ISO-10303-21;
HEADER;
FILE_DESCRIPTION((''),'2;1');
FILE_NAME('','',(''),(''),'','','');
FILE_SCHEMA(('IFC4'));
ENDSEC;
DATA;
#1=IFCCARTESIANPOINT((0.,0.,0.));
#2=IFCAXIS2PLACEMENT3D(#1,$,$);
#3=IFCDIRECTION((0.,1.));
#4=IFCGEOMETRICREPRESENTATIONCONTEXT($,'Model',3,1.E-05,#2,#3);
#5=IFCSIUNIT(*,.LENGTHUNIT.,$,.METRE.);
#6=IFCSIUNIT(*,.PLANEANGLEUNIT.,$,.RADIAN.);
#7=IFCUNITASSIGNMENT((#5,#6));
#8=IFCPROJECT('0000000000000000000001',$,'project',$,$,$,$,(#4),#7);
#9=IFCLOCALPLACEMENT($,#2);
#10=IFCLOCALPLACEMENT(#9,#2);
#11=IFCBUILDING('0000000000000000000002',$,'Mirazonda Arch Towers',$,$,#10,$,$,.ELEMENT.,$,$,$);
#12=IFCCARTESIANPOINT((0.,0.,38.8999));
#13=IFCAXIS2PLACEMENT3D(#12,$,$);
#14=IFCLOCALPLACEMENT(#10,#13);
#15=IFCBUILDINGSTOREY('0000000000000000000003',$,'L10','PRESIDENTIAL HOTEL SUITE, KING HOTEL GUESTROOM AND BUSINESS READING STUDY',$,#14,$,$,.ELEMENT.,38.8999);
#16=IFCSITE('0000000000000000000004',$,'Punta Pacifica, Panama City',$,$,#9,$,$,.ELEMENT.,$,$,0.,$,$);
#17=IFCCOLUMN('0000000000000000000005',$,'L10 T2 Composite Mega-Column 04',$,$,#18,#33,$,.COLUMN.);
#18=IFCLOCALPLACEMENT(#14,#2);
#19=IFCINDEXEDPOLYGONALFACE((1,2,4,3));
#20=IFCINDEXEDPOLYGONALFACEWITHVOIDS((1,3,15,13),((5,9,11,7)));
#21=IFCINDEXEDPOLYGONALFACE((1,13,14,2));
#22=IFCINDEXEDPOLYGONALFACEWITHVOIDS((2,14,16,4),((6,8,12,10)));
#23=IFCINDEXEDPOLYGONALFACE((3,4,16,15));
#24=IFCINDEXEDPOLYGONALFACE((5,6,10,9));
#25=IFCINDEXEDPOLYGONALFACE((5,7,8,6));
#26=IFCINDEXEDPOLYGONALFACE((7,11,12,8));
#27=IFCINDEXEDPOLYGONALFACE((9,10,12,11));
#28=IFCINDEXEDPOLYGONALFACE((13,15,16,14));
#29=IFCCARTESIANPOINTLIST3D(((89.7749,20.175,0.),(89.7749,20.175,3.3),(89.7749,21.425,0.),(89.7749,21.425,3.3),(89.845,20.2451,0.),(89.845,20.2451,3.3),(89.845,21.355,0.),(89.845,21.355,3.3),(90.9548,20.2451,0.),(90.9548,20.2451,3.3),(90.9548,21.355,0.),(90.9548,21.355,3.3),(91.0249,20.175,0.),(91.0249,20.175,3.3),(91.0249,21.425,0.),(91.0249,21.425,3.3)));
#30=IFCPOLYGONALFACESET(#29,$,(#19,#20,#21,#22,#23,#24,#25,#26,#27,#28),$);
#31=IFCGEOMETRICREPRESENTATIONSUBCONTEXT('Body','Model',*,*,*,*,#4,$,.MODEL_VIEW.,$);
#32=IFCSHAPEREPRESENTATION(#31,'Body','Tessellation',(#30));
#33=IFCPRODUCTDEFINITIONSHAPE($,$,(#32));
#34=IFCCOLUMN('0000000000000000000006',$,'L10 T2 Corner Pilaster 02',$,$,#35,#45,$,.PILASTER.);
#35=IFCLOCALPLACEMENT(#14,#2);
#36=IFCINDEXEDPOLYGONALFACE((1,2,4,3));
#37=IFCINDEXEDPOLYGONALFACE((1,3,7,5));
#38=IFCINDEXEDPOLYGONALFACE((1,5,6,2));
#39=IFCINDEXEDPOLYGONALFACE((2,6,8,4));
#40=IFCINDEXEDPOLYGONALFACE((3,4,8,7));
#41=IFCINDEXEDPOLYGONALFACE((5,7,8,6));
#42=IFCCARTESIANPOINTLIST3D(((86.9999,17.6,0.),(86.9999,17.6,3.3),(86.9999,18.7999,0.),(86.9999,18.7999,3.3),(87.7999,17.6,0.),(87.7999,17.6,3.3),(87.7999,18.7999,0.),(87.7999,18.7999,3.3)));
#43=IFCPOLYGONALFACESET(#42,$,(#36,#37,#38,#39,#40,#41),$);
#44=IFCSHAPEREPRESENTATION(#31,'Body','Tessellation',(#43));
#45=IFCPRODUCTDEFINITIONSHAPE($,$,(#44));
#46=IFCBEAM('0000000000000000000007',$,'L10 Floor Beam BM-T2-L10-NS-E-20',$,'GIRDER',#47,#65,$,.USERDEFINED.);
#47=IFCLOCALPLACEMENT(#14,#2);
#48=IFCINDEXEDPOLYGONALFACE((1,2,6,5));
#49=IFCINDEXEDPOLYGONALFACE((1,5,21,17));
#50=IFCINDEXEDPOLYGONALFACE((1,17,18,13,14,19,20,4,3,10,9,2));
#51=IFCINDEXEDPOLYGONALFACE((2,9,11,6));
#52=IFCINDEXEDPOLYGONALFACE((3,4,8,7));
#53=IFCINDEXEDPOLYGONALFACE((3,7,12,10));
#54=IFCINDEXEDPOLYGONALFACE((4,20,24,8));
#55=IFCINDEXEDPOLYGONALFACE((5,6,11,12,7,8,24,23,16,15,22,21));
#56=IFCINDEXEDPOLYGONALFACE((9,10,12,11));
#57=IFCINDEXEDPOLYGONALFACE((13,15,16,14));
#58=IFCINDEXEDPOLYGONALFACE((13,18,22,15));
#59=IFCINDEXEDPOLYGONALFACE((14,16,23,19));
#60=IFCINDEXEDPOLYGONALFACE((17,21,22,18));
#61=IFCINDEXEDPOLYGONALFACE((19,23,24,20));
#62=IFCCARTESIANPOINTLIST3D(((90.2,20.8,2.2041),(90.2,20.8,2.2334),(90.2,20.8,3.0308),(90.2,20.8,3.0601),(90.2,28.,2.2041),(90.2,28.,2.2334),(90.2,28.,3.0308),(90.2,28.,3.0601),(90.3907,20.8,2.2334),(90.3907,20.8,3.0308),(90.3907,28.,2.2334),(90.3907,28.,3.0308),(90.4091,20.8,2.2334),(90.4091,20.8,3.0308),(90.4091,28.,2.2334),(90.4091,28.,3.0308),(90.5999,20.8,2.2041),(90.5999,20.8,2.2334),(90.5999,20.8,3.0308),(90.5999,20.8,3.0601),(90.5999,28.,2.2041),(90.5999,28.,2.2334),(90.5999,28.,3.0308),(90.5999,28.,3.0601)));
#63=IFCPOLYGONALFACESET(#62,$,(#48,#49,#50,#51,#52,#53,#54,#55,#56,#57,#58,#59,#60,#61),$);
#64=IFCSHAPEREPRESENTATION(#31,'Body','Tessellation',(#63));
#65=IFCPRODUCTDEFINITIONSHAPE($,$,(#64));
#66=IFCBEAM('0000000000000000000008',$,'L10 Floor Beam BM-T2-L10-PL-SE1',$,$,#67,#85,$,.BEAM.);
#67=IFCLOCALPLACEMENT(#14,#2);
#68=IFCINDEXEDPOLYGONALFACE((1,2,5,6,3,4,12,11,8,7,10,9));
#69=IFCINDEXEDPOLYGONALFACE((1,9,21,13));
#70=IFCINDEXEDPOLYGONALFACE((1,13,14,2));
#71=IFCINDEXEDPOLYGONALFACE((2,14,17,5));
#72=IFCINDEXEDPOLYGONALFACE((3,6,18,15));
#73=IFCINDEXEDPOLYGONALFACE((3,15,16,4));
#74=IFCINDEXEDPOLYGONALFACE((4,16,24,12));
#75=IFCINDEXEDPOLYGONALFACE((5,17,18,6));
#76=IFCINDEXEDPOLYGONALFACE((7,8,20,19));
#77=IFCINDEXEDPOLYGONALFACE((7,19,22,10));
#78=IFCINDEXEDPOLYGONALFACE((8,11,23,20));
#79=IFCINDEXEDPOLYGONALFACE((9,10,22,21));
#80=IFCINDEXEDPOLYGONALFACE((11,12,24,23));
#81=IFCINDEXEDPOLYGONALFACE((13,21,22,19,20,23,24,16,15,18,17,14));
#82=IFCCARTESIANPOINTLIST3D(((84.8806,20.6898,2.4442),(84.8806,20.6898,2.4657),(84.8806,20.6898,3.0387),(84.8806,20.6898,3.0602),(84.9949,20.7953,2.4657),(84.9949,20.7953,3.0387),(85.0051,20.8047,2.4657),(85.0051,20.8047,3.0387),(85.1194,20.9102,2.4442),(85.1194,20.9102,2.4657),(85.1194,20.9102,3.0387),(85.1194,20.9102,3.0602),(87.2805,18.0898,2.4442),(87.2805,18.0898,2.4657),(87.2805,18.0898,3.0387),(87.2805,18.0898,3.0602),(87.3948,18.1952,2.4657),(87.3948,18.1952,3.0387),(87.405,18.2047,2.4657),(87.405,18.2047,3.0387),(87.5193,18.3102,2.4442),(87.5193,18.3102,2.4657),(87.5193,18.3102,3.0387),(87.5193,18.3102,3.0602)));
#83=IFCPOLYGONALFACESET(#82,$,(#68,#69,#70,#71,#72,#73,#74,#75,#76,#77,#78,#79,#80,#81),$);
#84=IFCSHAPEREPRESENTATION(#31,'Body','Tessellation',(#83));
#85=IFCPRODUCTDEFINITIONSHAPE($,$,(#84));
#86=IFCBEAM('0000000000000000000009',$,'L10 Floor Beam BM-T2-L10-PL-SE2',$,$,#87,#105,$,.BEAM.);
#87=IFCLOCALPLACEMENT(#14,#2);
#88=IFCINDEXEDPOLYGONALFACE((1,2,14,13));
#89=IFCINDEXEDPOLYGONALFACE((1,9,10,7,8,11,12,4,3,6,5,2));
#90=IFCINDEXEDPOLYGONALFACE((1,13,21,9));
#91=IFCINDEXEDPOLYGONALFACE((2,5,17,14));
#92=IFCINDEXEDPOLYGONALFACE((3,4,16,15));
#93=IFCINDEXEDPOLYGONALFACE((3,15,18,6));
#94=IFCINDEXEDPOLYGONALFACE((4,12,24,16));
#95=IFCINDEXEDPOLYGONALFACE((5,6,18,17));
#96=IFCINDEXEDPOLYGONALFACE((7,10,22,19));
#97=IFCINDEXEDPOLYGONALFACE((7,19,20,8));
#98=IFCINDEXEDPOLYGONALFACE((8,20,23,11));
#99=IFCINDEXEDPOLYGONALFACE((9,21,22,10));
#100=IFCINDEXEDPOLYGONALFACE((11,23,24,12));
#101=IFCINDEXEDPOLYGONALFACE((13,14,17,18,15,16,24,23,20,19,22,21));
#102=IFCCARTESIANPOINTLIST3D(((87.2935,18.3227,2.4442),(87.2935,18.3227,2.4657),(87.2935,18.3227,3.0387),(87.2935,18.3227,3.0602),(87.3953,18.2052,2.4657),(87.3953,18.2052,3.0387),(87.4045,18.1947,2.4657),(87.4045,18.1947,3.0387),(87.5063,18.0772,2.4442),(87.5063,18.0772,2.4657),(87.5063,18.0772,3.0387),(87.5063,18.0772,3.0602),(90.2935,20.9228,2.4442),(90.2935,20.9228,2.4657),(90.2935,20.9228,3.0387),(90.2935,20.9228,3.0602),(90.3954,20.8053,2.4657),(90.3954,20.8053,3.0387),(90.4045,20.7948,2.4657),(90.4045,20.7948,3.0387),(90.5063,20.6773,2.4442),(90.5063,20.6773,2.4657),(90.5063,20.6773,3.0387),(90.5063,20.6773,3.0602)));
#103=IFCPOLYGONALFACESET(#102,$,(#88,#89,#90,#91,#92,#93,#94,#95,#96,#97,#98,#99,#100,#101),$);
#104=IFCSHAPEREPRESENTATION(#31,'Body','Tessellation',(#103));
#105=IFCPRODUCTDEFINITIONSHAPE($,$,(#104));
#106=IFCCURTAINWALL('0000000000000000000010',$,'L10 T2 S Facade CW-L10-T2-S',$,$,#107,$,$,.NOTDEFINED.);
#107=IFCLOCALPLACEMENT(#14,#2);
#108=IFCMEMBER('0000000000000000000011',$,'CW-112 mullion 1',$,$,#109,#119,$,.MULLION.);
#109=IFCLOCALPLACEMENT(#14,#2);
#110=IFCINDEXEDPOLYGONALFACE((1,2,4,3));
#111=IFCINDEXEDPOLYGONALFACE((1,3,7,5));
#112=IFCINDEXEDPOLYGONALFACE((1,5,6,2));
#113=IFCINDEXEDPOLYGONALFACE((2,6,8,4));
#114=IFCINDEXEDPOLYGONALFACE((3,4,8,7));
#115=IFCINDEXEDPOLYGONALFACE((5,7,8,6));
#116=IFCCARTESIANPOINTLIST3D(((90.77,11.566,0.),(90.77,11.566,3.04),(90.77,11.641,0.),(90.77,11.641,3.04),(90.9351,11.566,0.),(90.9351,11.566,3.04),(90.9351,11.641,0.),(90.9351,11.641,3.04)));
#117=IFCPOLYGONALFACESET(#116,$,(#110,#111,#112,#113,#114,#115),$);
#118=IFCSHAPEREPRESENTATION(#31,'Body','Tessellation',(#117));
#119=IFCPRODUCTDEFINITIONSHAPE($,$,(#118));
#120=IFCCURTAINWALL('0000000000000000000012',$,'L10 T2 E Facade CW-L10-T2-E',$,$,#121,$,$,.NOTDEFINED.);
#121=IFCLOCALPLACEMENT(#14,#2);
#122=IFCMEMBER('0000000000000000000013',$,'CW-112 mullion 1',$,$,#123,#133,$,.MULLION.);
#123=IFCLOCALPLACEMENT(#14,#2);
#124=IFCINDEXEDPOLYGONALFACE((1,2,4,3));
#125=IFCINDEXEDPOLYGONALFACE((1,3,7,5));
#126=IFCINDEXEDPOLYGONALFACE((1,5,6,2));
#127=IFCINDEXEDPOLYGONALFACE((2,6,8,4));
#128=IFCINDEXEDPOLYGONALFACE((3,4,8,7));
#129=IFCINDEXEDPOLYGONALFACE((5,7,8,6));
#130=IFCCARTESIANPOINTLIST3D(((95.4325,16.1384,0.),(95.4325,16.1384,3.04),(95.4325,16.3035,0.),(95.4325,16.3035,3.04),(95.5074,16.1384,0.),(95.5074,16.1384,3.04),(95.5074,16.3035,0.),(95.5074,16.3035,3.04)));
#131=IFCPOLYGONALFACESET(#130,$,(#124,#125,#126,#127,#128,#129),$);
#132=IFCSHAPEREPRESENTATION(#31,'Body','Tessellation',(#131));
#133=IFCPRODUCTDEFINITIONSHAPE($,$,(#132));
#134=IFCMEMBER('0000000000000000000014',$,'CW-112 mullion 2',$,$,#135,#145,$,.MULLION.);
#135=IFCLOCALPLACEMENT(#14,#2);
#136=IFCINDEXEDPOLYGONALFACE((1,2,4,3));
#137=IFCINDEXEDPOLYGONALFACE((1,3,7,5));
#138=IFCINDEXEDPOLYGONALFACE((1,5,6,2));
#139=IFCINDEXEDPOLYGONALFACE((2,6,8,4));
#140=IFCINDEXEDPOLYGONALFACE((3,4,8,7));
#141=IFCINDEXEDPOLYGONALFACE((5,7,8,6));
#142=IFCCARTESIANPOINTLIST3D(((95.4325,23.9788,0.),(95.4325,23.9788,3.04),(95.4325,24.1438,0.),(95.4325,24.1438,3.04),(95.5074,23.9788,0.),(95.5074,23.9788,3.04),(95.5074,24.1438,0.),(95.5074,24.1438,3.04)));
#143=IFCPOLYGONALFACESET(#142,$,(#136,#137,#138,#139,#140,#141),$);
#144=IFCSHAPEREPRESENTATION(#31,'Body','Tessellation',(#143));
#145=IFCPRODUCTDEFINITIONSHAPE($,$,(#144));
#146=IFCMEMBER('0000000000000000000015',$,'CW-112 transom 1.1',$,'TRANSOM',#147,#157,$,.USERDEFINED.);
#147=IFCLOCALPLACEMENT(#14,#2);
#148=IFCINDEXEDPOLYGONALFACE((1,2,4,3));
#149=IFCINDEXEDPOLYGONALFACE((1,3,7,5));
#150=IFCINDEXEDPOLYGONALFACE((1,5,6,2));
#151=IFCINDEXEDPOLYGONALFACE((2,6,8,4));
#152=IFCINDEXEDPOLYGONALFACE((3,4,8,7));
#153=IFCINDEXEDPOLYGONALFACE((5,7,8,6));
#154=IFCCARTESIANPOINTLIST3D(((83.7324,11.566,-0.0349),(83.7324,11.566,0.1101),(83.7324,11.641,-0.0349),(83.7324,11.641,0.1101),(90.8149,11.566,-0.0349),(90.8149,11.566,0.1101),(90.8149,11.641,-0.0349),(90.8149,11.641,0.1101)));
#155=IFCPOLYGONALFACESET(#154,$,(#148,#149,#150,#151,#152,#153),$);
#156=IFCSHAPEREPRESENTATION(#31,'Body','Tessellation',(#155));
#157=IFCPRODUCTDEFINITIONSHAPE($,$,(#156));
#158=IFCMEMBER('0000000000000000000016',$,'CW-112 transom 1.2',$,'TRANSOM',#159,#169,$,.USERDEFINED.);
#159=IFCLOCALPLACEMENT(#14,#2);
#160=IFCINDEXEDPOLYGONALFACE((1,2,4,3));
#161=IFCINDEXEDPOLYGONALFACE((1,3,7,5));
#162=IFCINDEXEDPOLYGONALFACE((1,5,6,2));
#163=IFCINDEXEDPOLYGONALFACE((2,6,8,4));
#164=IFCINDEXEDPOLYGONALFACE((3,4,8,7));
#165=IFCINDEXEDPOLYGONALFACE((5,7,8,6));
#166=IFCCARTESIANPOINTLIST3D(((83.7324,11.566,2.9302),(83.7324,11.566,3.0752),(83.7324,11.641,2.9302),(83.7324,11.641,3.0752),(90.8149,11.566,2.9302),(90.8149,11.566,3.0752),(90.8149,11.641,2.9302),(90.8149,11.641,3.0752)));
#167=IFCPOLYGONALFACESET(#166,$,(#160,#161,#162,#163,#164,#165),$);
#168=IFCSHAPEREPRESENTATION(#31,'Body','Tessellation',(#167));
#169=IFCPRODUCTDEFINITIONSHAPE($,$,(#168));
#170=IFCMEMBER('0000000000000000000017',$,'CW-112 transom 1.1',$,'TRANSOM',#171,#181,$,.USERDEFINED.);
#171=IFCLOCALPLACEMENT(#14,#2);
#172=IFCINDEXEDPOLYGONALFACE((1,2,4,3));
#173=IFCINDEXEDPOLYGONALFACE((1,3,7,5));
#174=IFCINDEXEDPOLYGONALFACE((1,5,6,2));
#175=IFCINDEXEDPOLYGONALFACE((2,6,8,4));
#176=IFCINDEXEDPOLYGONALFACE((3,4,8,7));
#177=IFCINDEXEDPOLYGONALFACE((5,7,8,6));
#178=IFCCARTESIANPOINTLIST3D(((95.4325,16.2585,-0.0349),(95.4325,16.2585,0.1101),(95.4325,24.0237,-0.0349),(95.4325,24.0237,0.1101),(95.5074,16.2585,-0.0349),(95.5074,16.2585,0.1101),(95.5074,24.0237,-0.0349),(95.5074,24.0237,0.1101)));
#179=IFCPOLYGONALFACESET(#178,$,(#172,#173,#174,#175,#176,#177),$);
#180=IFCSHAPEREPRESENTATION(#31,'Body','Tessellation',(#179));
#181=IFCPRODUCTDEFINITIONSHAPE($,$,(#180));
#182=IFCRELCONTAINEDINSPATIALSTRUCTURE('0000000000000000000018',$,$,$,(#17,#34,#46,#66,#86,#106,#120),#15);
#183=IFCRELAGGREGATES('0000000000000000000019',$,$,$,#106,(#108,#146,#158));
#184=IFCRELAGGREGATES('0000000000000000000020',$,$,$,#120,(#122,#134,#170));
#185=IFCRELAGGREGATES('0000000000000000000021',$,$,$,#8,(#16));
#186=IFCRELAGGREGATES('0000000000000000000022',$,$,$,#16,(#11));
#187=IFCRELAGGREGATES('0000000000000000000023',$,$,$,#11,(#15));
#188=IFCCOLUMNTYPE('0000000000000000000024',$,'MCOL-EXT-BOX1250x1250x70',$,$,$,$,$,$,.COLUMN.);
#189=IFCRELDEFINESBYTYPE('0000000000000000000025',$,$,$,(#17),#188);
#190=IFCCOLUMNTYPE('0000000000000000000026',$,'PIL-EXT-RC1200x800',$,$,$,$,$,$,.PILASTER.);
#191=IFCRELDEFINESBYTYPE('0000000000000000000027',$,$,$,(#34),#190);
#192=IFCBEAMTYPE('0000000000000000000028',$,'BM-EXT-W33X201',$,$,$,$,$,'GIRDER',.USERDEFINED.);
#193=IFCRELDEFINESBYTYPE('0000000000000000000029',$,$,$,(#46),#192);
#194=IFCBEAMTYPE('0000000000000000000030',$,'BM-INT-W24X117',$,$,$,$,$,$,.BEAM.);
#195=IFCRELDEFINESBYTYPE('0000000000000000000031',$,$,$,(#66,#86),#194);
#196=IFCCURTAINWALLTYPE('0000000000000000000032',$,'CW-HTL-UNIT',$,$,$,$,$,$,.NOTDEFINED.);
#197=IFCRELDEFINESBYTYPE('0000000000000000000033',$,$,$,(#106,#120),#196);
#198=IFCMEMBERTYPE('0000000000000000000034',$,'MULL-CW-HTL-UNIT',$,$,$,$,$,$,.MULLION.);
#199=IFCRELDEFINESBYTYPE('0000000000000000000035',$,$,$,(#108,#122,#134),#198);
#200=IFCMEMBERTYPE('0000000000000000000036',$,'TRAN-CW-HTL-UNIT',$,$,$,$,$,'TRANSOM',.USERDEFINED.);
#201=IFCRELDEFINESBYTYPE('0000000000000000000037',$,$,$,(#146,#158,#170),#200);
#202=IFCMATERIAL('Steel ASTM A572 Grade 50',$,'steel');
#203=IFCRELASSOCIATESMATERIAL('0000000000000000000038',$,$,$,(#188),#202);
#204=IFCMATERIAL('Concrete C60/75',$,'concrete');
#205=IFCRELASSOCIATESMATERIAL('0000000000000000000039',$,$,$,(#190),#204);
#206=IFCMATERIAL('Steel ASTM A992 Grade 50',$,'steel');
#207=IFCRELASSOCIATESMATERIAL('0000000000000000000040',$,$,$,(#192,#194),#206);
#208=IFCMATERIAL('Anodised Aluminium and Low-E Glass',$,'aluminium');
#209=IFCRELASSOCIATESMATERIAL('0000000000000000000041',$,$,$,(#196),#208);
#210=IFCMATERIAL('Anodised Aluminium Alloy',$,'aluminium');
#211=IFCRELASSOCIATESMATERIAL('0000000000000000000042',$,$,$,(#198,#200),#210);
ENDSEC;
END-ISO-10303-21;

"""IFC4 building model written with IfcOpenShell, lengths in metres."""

from ifc_helpers import new_model, si_unit, direction, frame, origin, origin_2d, place, context, subcontext, project, spatial, rectangle, hollow_rectangle, i_section, extrude, material, material_profile, profile_set, type_object, element, aggregate, save


model = new_model("IFC4")

# Units and contexts
model_context = context("Model", 3, precision=1e-05, world=origin(), true_north=direction((0.0, 1.0)))
body_context = subcontext(model_context, "Body", "Model", "MODEL_VIEW")
ifc_project = project(units=[si_unit("LENGTHUNIT", "METRE"), si_unit("PLANEANGLEUNIT", "RADIAN")], contexts=[model_context])

# Site, building, storey
site_placement = place(None, origin())
site = spatial("IfcSite", under=ifc_project, at=site_placement, Name="Punta Pacifica, Panama City", CompositionType="ELEMENT", RefElevation=0.0)
building_placement = place(site_placement, origin())
building = spatial("IfcBuilding", under=site, at=building_placement, Name="Mirazonda Arch Towers", CompositionType="ELEMENT")
storey_placement = place(building_placement, frame((0.0, 0.0, 38.8999)))
storey = spatial("IfcBuildingStorey", under=building, at=storey_placement, Name="L10", Description="PRESIDENTIAL HOTEL SUITE, KING HOTEL GUESTROOM AND BUSINESS READING STUDY", CompositionType="ELEMENT", Elevation=38.8999)

# Columns
ifc_material_1 = material(Name="Steel ASTM A572 Grade 50", Category="steel")
ifc_material_profile_1 = material_profile(ifc_material_1, hollow_rectangle(XDim=1.25, YDim=1.25, WallThickness=0.0701, at=origin_2d()), Name="BOX1250x1250x70")
ifc_profile_set_1 = profile_set([ifc_material_profile_1], Name="Steel ASTM A572 Grade 50")
column_type_1 = type_object("IfcColumnType", Name="MCOL-EXT-BOX1250x1250x70", PredefinedType="COLUMN", material=ifc_profile_set_1)
column_1_placement = place(storey_placement, frame((90.3999, 20.8, 0.0), z_axis=(0.0, 0.0, 1.0), x_axis=(1.0, 0.0, 0.0)))
element("IfcColumn", 1, at=column_1_placement, inside=storey, type_object=column_type_1, Name="L10 T2 Composite Mega-Column 04", PredefinedType="COLUMN", context=body_context, shape_type="SweptSolid", body=[
    extrude(hollow_rectangle(XDim=1.25, YDim=1.25, WallThickness=0.0701, at=origin_2d()), origin(), (0.0, 0.0, 1.0), 3.3),
])
ifc_material_2 = material(Name="Concrete C60/75", Category="concrete")
ifc_material_profile_2 = material_profile(ifc_material_2, rectangle(XDim=0.8, YDim=1.2, at=origin_2d()), Name="RC1200x800")
ifc_profile_set_2 = profile_set([ifc_material_profile_2], Name="Concrete C60/75")
column_type_2 = type_object("IfcColumnType", Name="PIL-EXT-RC1200x800", PredefinedType="PILASTER", material=ifc_profile_set_2)
column_2_placement = place(storey_placement, frame((87.3999, 18.2, 0.0), z_axis=(0.0, 0.0, 1.0), x_axis=(1.0, 0.0, 0.0)))
element("IfcColumn", 2, at=column_2_placement, inside=storey, type_object=column_type_2, Name="L10 T2 Corner Pilaster 02", PredefinedType="PILASTER", context=body_context, shape_type="SweptSolid", body=[
    extrude(rectangle(XDim=0.8, YDim=1.2, at=origin_2d()), origin(), (0.0, 0.0, 1.0), 3.3),
])

# Beams
ifc_material_3 = material(Name="Steel ASTM A992 Grade 50", Category="steel")
ifc_material_profile_3 = material_profile(ifc_material_3, i_section(OverallWidth=0.3999, OverallDepth=0.856, WebThickness=0.0183, FlangeThickness=0.0293, at=origin_2d()), Name="W33X201")
ifc_profile_set_3 = profile_set([ifc_material_profile_3], Name="Steel ASTM A992 Grade 50")
beam_type_1 = type_object("IfcBeamType", Name="BM-EXT-W33X201", ElementType="GIRDER", PredefinedType="USERDEFINED", material=ifc_profile_set_3)
beam_1_placement = place(storey_placement, frame((90.3999, 20.8, 2.6321), z_axis=(0.0, 1.0, 0.0), x_axis=(-1.0, 0.0, 0.0)))
element("IfcBeam", 3, at=beam_1_placement, inside=storey, type_object=beam_type_1, Name="L10 Floor Beam BM-T2-L10-NS-E-20", ObjectType="GIRDER", PredefinedType="USERDEFINED", context=body_context, shape_type="SweptSolid", body=[
    extrude(i_section(OverallWidth=0.3999, OverallDepth=0.856, WebThickness=0.0183, FlangeThickness=0.0293, at=origin_2d()), origin(), (0.0, 0.0, 1.0), 7.2),
])
ifc_material_profile_4 = material_profile(ifc_material_3, i_section(OverallWidth=0.325, OverallDepth=0.616, WebThickness=0.0139, FlangeThickness=0.0215, at=origin_2d()), Name="W24X117")
ifc_profile_set_4 = profile_set([ifc_material_profile_4], Name="Steel ASTM A992 Grade 50")
beam_type_2 = type_object("IfcBeamType", Name="BM-INT-W24X117", PredefinedType="BEAM", material=ifc_profile_set_4)
beam_2_placement = place(storey_placement, frame((87.3999, 18.2, 2.7522), z_axis=(-0.678251, 0.73483, 0.0), x_axis=(-0.73483, -0.678251, 0.0)))
element("IfcBeam", 4, at=beam_2_placement, inside=storey, type_object=beam_type_2, Name="L10 Floor Beam BM-T2-L10-PL-SE1", PredefinedType="BEAM", context=body_context, shape_type="SweptSolid", body=[
    extrude(i_section(OverallWidth=0.325, OverallDepth=0.616, WebThickness=0.0139, FlangeThickness=0.0215, at=origin_2d()), origin(), (0.0, 0.0, 1.0), 3.5383),
])
beam_3_placement = place(storey_placement, frame((87.3999, 18.2, 2.7522), z_axis=(0.755677, 0.654945, 0.0), x_axis=(-0.654945, 0.755677, 0.0)))
element("IfcBeam", 5, at=beam_3_placement, inside=storey, type_object=beam_type_2, Name="L10 Floor Beam BM-T2-L10-PL-SE2", PredefinedType="BEAM", context=body_context, shape_type="SweptSolid", body=[
    extrude(i_section(OverallWidth=0.325, OverallDepth=0.616, WebThickness=0.0139, FlangeThickness=0.0215, at=origin_2d()), origin(), (0.0, 0.0, 1.0), 3.97),
])

# Curtain wall, member
ifc_material_4 = material(Name="Anodised Aluminium and Low-E Glass", Category="aluminium")
curtain_wall_type = type_object("IfcCurtainWallType", Name="CW-HTL-UNIT", PredefinedType="NOTDEFINED", material=ifc_material_4)
curtain_wall_1_placement = place(storey_placement, origin())
curtain_wall_1 = element("IfcCurtainWall", 6, at=curtain_wall_1_placement, inside=storey, type_object=curtain_wall_type, Name="L10 T2 S Facade CW-L10-T2-S", PredefinedType="NOTDEFINED")
ifc_material_5 = material(Name="Anodised Aluminium Alloy", Category="aluminium")
ifc_material_profile_5 = material_profile(ifc_material_5, rectangle(XDim=0.075, YDim=0.165, at=origin_2d()), Name="ALU-MULL-75x165")
ifc_profile_set_5 = profile_set([ifc_material_profile_5], Name="Anodised Aluminium Alloy")
member_type_1 = type_object("IfcMemberType", Name="MULL-CW-HTL-UNIT", PredefinedType="MULLION", material=ifc_profile_set_5)
member_1_placement = place(storey_placement, frame((90.8525, 11.6035, 0.0), z_axis=(0.0, 0.0, 1.0), x_axis=(0.0, -1.0, 0.0)))
member_1 = element("IfcMember", 7, at=member_1_placement, type_object=member_type_1, Name="CW-112 mullion 1", PredefinedType="MULLION", context=body_context, shape_type="SweptSolid", body=[
    extrude(rectangle(XDim=0.075, YDim=0.165, at=origin_2d()), origin(), (0.0, 0.0, 1.0), 3.04),
])

# Curtain wall, members
curtain_wall_2_placement = place(storey_placement, origin())
curtain_wall_2 = element("IfcCurtainWall", 8, at=curtain_wall_2_placement, inside=storey, type_object=curtain_wall_type, Name="L10 T2 E Facade CW-L10-T2-E", PredefinedType="NOTDEFINED")
member_2_placement = place(storey_placement, frame((95.47, 16.2209, 0.0), z_axis=(0.0, 0.0, 1.0), x_axis=(-1.0, 0.0, 0.0)))
member_2 = element("IfcMember", 9, at=member_2_placement, type_object=member_type_1, Name="CW-112 mullion 1", PredefinedType="MULLION", context=body_context, shape_type="SweptSolid", body=[
    extrude(rectangle(XDim=0.075, YDim=0.165, at=origin_2d()), origin(), (0.0, 0.0, 1.0), 3.04),
])
member_3_placement = place(storey_placement, frame((95.47, 24.0613, 0.0), z_axis=(0.0, 0.0, 1.0), x_axis=(-1.0, 0.0, 0.0)))
member_3 = element("IfcMember", 10, at=member_3_placement, type_object=member_type_1, Name="CW-112 mullion 2", PredefinedType="MULLION", context=body_context, shape_type="SweptSolid", body=[
    extrude(rectangle(XDim=0.075, YDim=0.165, at=origin_2d()), origin(), (0.0, 0.0, 1.0), 3.04),
])

# Members
ifc_material_profile_6 = material_profile(ifc_material_5, rectangle(XDim=0.075, YDim=0.145, at=origin_2d()), Name="ALU-TRAN-75x145")
ifc_profile_set_6 = profile_set([ifc_material_profile_6], Name="Anodised Aluminium Alloy")
member_type_2 = type_object("IfcMemberType", Name="TRAN-CW-HTL-UNIT", ElementType="TRANSOM", PredefinedType="USERDEFINED", material=ifc_profile_set_6)
member_4_placement = place(storey_placement, frame((90.8149, 11.6035, 0.0376), z_axis=(-1.0, 0.0, 0.0), x_axis=(0.0, -1.0, 0.0)))
member_4 = element("IfcMember", 11, at=member_4_placement, type_object=member_type_2, Name="CW-112 transom 1.1", ObjectType="TRANSOM", PredefinedType="USERDEFINED", context=body_context, shape_type="SweptSolid", body=[
    extrude(rectangle(XDim=0.075, YDim=0.145, at=origin_2d()), origin(), (0.0, 0.0, 1.0), 7.0825),
])
member_5_placement = place(storey_placement, frame((90.8149, 11.6035, 3.0027), z_axis=(-1.0, 0.0, 0.0), x_axis=(0.0, -1.0, 0.0)))
member_5 = element("IfcMember", 12, at=member_5_placement, type_object=member_type_2, Name="CW-112 transom 1.2", ObjectType="TRANSOM", PredefinedType="USERDEFINED", context=body_context, shape_type="SweptSolid", body=[
    extrude(rectangle(XDim=0.075, YDim=0.145, at=origin_2d()), origin(), (0.0, 0.0, 1.0), 7.0825),
])
member_6_placement = place(storey_placement, frame((95.47, 16.2585, 0.0376), z_axis=(0.0, 1.0, 0.0), x_axis=(-1.0, 0.0, 0.0)))
member_6 = element("IfcMember", 13, at=member_6_placement, type_object=member_type_2, Name="CW-112 transom 1.1", ObjectType="TRANSOM", PredefinedType="USERDEFINED", context=body_context, shape_type="SweptSolid", body=[
    extrude(rectangle(XDim=0.075, YDim=0.145, at=origin_2d()), origin(), (0.0, 0.0, 1.0), 7.7651),
])

aggregate(curtain_wall_1, [member_1, member_4, member_5])
aggregate(curtain_wall_2, [member_2, member_3, member_6])

save(model, "model.ifc")
